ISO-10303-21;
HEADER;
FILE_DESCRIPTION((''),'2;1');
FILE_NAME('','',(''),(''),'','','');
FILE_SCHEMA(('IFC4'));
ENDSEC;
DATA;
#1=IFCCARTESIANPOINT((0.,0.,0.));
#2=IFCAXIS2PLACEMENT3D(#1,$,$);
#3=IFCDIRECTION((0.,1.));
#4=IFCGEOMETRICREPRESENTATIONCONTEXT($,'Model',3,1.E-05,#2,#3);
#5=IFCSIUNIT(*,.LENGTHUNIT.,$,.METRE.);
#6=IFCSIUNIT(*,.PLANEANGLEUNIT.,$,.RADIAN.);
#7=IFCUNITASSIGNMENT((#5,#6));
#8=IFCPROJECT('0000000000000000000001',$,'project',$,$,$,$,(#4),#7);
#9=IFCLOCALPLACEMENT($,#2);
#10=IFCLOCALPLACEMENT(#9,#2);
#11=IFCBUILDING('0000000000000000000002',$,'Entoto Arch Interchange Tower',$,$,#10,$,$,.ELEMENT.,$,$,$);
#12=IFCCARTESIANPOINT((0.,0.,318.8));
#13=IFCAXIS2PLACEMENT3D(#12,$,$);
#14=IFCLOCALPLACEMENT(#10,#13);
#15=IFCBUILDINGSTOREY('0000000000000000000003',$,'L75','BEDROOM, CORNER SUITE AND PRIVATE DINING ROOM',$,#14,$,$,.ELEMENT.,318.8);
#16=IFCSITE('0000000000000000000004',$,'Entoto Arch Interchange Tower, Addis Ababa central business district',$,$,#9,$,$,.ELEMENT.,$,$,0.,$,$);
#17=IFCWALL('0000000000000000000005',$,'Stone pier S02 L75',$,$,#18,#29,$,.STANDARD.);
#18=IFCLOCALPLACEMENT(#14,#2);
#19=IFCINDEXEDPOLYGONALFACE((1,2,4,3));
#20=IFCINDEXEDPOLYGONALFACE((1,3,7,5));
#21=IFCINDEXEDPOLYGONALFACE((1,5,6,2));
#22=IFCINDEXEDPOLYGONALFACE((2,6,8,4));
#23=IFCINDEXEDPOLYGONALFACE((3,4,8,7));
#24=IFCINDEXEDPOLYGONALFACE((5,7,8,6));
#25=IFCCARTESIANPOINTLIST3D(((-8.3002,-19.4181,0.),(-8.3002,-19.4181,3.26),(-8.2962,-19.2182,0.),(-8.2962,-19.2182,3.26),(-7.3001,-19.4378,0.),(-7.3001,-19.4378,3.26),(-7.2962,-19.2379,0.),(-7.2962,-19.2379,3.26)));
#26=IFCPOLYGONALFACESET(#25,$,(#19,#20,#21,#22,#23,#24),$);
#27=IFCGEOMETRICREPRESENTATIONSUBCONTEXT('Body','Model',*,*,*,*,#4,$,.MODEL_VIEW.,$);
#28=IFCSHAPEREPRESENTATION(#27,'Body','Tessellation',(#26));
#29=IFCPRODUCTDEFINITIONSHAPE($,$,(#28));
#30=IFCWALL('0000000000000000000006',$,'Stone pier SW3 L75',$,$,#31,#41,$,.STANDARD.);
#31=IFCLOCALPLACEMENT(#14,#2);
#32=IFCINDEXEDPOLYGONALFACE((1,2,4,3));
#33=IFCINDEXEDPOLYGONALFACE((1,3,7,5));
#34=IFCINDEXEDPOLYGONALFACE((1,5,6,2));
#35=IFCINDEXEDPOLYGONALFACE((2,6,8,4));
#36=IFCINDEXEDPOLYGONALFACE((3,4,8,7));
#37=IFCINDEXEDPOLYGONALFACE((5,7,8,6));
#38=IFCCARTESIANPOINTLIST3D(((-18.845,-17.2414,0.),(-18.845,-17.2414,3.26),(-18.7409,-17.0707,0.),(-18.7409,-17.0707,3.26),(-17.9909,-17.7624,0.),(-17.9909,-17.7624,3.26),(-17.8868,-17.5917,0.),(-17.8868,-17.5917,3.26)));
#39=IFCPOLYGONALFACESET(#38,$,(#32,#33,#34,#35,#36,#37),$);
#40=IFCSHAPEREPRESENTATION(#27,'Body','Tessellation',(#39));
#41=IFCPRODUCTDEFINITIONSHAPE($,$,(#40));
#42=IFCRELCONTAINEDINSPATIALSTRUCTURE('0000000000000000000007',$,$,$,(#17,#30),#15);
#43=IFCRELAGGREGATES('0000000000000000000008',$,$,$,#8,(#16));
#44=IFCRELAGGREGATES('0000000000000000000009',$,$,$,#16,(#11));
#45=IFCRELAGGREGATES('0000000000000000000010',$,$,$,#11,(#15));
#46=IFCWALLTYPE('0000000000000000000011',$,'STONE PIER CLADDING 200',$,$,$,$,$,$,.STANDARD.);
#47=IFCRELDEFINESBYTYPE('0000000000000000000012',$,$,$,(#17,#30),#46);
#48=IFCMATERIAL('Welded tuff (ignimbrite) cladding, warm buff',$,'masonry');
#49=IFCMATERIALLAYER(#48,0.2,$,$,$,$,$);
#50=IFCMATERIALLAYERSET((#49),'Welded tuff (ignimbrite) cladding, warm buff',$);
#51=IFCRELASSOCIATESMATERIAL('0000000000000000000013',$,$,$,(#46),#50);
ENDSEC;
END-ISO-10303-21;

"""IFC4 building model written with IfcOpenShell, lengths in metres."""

from ifc_helpers import new_model, si_unit, direction, frame, frame_2d, origin, place, context, subcontext, project, spatial, rectangle, extrude, material, layer, layer_set, type_object, element, save


model = new_model("IFC4")

# Units and contexts
model_context = context("Model", 3, precision=1e-05, world=origin(), true_north=direction((0.0, 1.0)))
body_context = subcontext(model_context, "Body", "Model", "MODEL_VIEW")
ifc_project = project(units=[si_unit("LENGTHUNIT", "METRE"), si_unit("PLANEANGLEUNIT", "RADIAN")], contexts=[model_context])

# Site, building, storey
site_placement = place(None, origin())
site = spatial("IfcSite", under=ifc_project, at=site_placement, Name="Entoto Arch Interchange Tower, Addis Ababa central business district", CompositionType="ELEMENT", RefElevation=0.0)
building_placement = place(site_placement, origin())
building = spatial("IfcBuilding", under=site, at=building_placement, Name="Entoto Arch Interchange Tower", CompositionType="ELEMENT")
storey_placement = place(building_placement, frame((0.0, 0.0, 318.8)))
storey = spatial("IfcBuildingStorey", under=building, at=storey_placement, Name="L75", Description="BEDROOM, CORNER SUITE AND PRIVATE DINING ROOM", CompositionType="ELEMENT", Elevation=318.8)

# Shared definitions
ifc_material_1 = material(Name="Welded tuff (ignimbrite) cladding, warm buff", Category="masonry")

# Walls
ifc_layer_1 = layer(ifc_material_1, 0.2)
ifc_layer_set_1 = layer_set([ifc_layer_1], Name="Welded tuff (ignimbrite) cladding, warm buff")
wall_type_1 = type_object("IfcWallType", Name="STONE PIER CLADDING 200", PredefinedType="STANDARD", material=ifc_layer_set_1)
for number, where, z_axis, x_axis, name in (
    (1, (-8.2981, -19.3181, 0.0), (0.0, 0.0, 1.0), (0.999805, -0.019772, 0.0), "Stone pier S02 L75"),
):
    element("IfcWall", number, at=place(storey_placement, frame(where, z_axis=z_axis, x_axis=x_axis)), inside=storey, type_object=wall_type_1, Name=name, PredefinedType="STANDARD", context=body_context, shape_type="SweptSolid", body=[
        extrude(rectangle(XDim=1.0002, YDim=0.2, at=frame_2d((0.5, 0.0))), origin(), (0.0, 0.0, 1.0), 3.26),
    ])
wall_1_placement = place(storey_placement, frame((-18.793, -17.156, 0.0), z_axis=(0.0, 0.0, 1.0), x_axis=(0.85368, -0.520798, 0.0)))
element("IfcWall", 2, at=wall_1_placement, inside=storey, type_object=wall_type_1, Name="Stone pier SW3 L75", PredefinedType="STANDARD", context=body_context, shape_type="SweptSolid", body=[
    extrude(rectangle(XDim=1.0005, YDim=0.2, at=frame_2d((0.5002, 0.0))), origin(), (0.0, 0.0, 1.0), 3.26),
])

save(model, "model.ifc")
